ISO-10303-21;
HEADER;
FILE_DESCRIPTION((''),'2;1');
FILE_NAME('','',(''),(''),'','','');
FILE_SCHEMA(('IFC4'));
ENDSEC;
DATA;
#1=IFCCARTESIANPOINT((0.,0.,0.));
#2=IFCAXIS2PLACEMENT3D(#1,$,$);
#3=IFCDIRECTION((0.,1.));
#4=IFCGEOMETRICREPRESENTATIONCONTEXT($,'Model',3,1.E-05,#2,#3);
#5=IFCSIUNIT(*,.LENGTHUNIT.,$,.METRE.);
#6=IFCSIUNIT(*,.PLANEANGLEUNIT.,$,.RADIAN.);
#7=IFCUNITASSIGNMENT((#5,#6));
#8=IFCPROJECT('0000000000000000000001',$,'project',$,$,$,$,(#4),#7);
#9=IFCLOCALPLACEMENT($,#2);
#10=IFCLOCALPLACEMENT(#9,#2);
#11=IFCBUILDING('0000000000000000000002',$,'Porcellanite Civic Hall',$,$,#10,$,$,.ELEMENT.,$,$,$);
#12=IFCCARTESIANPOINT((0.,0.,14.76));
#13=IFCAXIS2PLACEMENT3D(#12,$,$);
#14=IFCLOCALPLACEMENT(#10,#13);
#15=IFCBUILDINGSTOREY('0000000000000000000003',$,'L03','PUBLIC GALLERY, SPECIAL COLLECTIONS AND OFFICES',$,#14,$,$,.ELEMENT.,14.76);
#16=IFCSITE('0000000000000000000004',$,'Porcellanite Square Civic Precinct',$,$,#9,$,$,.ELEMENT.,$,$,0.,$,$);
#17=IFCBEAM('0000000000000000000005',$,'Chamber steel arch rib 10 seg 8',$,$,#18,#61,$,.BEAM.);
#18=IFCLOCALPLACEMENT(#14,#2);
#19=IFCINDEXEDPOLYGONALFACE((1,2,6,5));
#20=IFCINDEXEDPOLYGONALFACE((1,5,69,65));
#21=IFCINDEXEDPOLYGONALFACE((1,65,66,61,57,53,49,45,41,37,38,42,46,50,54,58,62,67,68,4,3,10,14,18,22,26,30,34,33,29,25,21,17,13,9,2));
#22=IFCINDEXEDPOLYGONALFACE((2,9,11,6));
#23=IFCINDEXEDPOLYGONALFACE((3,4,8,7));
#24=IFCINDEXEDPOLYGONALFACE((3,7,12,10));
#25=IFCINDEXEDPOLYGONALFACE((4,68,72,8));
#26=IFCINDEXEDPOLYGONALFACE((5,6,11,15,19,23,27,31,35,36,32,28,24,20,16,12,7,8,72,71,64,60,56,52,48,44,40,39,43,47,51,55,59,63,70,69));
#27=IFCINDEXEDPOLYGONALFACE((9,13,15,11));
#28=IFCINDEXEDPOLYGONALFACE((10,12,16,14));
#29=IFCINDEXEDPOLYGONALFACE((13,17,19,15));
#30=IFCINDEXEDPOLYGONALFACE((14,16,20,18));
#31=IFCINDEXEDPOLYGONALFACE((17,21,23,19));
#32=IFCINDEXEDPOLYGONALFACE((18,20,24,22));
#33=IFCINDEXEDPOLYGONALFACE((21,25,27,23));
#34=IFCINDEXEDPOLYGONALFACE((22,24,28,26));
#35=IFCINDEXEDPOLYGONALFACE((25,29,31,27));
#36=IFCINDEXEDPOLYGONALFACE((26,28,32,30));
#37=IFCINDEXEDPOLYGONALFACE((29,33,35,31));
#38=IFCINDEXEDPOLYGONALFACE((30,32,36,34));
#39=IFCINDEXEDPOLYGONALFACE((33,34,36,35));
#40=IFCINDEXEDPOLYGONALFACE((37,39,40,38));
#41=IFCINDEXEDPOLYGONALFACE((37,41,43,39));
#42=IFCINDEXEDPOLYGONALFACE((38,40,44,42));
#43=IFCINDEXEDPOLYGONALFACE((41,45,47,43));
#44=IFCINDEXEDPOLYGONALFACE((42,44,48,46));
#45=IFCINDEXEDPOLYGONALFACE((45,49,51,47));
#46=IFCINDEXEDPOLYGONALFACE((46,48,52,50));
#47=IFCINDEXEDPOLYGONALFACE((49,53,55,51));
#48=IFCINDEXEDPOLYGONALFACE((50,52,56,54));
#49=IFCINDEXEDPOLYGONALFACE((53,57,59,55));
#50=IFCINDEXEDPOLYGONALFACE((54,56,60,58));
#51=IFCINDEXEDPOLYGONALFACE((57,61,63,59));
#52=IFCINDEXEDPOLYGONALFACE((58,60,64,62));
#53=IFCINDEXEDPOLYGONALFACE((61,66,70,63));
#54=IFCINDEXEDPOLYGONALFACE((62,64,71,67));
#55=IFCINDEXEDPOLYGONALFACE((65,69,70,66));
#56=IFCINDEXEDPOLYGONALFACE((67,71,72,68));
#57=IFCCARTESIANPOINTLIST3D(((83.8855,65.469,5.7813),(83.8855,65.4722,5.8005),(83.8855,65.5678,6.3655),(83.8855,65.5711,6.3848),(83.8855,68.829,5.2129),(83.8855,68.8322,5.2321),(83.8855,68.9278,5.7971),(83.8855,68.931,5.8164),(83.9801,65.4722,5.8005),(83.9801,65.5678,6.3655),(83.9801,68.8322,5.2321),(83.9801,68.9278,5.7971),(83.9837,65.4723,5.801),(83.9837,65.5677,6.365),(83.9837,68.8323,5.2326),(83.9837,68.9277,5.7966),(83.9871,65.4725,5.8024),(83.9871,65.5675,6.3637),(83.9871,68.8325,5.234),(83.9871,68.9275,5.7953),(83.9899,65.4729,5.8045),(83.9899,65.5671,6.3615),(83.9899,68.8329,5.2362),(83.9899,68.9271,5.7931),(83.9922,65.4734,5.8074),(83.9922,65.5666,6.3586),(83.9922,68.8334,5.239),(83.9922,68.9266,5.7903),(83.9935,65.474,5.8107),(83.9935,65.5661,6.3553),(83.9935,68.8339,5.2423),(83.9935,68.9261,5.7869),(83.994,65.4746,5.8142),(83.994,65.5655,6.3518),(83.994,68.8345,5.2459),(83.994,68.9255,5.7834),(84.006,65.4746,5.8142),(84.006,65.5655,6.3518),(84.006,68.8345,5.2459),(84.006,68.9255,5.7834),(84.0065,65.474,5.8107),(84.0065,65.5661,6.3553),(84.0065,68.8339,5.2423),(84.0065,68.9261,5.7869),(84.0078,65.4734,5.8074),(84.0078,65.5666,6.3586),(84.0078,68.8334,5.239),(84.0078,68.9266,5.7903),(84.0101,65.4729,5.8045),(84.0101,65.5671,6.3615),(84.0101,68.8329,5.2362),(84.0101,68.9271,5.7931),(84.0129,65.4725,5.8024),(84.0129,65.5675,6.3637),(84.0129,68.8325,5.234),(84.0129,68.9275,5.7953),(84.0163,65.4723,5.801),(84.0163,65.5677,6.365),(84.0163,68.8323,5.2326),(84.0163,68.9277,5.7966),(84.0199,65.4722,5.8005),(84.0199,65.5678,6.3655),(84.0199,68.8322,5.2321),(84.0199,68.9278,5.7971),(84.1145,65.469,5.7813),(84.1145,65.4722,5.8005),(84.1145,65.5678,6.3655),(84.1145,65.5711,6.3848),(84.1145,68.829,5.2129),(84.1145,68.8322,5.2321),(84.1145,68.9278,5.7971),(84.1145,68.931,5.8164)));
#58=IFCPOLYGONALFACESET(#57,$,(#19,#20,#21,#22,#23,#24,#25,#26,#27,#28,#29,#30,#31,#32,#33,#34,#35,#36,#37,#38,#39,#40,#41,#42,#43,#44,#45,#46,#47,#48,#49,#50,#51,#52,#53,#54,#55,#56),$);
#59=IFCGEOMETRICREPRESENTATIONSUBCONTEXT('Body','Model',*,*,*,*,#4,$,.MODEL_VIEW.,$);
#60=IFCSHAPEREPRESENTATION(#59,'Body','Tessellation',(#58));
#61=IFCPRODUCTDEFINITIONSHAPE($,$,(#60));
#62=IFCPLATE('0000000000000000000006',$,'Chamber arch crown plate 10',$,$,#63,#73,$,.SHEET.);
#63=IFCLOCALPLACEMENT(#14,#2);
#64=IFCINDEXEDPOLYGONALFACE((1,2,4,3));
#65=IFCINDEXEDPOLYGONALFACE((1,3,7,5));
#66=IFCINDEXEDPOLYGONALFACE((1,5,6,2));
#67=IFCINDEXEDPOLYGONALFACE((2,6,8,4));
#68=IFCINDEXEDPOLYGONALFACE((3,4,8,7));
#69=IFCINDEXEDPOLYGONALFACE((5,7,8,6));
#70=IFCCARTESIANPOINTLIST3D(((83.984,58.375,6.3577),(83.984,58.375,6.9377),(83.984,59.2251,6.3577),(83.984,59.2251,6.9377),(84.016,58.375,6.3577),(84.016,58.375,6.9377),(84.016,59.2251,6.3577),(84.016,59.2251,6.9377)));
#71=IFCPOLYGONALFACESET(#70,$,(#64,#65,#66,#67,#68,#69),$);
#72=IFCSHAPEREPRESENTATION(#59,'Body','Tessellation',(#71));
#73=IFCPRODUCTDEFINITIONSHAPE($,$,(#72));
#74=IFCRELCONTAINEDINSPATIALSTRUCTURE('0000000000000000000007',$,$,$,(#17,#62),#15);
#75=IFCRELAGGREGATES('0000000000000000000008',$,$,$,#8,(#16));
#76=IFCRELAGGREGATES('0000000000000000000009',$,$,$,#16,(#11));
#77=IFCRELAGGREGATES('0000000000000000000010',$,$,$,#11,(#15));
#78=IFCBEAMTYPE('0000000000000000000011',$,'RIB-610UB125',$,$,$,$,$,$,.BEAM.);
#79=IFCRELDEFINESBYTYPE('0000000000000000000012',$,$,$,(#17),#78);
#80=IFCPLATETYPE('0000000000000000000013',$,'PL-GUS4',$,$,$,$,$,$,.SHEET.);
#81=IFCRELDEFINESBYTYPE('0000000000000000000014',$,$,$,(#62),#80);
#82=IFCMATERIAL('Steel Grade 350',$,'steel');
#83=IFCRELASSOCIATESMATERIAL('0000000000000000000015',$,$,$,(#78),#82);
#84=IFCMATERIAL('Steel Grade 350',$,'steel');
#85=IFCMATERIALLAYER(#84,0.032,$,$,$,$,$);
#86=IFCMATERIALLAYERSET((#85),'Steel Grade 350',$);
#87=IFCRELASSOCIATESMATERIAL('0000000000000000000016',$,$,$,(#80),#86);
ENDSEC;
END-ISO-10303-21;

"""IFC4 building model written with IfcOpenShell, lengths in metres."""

from ifc_helpers import new_model, si_unit, direction, frame, origin, origin_2d, place, context, subcontext, project, spatial, rectangle, i_section, extrude, material, layer, layer_set, material_profile, profile_set, type_object, element, save


model = new_model("IFC4")

# Units and contexts
model_context = context("Model", 3, precision=1e-05, world=origin(), true_north=direction((0.0, 1.0)))
body_context = subcontext(model_context, "Body", "Model", "MODEL_VIEW")
ifc_project = project(units=[si_unit("LENGTHUNIT", "METRE"), si_unit("PLANEANGLEUNIT", "RADIAN")], contexts=[model_context])

# Site, building, storey
site_placement = place(None, origin())
site = spatial("IfcSite", under=ifc_project, at=site_placement, Name="Porcellanite Square Civic Precinct", CompositionType="ELEMENT", RefElevation=0.0)
building_placement = place(site_placement, origin())
building = spatial("IfcBuilding", under=site, at=building_placement, Name="Porcellanite Civic Hall", CompositionType="ELEMENT")
storey_placement = place(building_placement, frame((0.0, 0.0, 14.76)))
storey = spatial("IfcBuildingStorey", under=building, at=storey_placement, Name="L03", Description="PUBLIC GALLERY, SPECIAL COLLECTIONS AND OFFICES", CompositionType="ELEMENT", Elevation=14.76)

# Beam
ifc_material_1 = material(Name="Steel Grade 350", Category="steel")
ifc_material_profile_1 = material_profile(ifc_material_1, i_section(OverallWidth=0.229, OverallDepth=0.6121, WebThickness=0.012, FlangeThickness=0.0195, FilletRadius=0.0139, at=origin_2d()), Name="610UB125")
ifc_profile_set_1 = profile_set([ifc_material_profile_1], Name="Steel Grade 350")
beam_type = type_object("IfcBeamType", Name="RIB-610UB125", PredefinedType="BEAM", material=ifc_profile_set_1)
beam_1_placement = place(storey_placement, frame((84.0, 65.52, 6.083), z_axis=(0.0, 0.985992, -0.166792), x_axis=(-1.0, 0.0, 0.0)))
element("IfcBeam", 1, at=beam_1_placement, inside=storey, type_object=beam_type, Name="Chamber steel arch rib 10 seg 8", PredefinedType="BEAM", context=body_context, shape_type="SweptSolid", body=[
    extrude(i_section(OverallWidth=0.229, OverallDepth=0.6121, WebThickness=0.012, FlangeThickness=0.0195, FilletRadius=0.0139, at=origin_2d()), origin(), (0.0, 0.0, 1.0), 3.4077),
])

# Plate
ifc_material_2 = material(Name="Steel Grade 350", Category="steel")
ifc_layer = layer(ifc_material_2, 0.032)
ifc_layer_set = layer_set([ifc_layer], Name="Steel Grade 350")
plate_type = type_object("IfcPlateType", Name="PL-GUS4", PredefinedType="SHEET", material=ifc_layer_set)
plate_placement = place(storey_placement, frame((84.0, 58.8, 6.3577), z_axis=(0.0, 0.0, 1.0), x_axis=(1.0, 0.0, 0.0)))
element("IfcPlate", 2, at=plate_placement, inside=storey, type_object=plate_type, Name="Chamber arch crown plate 10", PredefinedType="SHEET", context=body_context, shape_type="SweptSolid", body=[
    extrude(rectangle(XDim=0.032, YDim=0.8501, at=origin_2d()), origin(), (0.0, 0.0, 1.0), 0.5801),
])

save(model, "model.ifc")
